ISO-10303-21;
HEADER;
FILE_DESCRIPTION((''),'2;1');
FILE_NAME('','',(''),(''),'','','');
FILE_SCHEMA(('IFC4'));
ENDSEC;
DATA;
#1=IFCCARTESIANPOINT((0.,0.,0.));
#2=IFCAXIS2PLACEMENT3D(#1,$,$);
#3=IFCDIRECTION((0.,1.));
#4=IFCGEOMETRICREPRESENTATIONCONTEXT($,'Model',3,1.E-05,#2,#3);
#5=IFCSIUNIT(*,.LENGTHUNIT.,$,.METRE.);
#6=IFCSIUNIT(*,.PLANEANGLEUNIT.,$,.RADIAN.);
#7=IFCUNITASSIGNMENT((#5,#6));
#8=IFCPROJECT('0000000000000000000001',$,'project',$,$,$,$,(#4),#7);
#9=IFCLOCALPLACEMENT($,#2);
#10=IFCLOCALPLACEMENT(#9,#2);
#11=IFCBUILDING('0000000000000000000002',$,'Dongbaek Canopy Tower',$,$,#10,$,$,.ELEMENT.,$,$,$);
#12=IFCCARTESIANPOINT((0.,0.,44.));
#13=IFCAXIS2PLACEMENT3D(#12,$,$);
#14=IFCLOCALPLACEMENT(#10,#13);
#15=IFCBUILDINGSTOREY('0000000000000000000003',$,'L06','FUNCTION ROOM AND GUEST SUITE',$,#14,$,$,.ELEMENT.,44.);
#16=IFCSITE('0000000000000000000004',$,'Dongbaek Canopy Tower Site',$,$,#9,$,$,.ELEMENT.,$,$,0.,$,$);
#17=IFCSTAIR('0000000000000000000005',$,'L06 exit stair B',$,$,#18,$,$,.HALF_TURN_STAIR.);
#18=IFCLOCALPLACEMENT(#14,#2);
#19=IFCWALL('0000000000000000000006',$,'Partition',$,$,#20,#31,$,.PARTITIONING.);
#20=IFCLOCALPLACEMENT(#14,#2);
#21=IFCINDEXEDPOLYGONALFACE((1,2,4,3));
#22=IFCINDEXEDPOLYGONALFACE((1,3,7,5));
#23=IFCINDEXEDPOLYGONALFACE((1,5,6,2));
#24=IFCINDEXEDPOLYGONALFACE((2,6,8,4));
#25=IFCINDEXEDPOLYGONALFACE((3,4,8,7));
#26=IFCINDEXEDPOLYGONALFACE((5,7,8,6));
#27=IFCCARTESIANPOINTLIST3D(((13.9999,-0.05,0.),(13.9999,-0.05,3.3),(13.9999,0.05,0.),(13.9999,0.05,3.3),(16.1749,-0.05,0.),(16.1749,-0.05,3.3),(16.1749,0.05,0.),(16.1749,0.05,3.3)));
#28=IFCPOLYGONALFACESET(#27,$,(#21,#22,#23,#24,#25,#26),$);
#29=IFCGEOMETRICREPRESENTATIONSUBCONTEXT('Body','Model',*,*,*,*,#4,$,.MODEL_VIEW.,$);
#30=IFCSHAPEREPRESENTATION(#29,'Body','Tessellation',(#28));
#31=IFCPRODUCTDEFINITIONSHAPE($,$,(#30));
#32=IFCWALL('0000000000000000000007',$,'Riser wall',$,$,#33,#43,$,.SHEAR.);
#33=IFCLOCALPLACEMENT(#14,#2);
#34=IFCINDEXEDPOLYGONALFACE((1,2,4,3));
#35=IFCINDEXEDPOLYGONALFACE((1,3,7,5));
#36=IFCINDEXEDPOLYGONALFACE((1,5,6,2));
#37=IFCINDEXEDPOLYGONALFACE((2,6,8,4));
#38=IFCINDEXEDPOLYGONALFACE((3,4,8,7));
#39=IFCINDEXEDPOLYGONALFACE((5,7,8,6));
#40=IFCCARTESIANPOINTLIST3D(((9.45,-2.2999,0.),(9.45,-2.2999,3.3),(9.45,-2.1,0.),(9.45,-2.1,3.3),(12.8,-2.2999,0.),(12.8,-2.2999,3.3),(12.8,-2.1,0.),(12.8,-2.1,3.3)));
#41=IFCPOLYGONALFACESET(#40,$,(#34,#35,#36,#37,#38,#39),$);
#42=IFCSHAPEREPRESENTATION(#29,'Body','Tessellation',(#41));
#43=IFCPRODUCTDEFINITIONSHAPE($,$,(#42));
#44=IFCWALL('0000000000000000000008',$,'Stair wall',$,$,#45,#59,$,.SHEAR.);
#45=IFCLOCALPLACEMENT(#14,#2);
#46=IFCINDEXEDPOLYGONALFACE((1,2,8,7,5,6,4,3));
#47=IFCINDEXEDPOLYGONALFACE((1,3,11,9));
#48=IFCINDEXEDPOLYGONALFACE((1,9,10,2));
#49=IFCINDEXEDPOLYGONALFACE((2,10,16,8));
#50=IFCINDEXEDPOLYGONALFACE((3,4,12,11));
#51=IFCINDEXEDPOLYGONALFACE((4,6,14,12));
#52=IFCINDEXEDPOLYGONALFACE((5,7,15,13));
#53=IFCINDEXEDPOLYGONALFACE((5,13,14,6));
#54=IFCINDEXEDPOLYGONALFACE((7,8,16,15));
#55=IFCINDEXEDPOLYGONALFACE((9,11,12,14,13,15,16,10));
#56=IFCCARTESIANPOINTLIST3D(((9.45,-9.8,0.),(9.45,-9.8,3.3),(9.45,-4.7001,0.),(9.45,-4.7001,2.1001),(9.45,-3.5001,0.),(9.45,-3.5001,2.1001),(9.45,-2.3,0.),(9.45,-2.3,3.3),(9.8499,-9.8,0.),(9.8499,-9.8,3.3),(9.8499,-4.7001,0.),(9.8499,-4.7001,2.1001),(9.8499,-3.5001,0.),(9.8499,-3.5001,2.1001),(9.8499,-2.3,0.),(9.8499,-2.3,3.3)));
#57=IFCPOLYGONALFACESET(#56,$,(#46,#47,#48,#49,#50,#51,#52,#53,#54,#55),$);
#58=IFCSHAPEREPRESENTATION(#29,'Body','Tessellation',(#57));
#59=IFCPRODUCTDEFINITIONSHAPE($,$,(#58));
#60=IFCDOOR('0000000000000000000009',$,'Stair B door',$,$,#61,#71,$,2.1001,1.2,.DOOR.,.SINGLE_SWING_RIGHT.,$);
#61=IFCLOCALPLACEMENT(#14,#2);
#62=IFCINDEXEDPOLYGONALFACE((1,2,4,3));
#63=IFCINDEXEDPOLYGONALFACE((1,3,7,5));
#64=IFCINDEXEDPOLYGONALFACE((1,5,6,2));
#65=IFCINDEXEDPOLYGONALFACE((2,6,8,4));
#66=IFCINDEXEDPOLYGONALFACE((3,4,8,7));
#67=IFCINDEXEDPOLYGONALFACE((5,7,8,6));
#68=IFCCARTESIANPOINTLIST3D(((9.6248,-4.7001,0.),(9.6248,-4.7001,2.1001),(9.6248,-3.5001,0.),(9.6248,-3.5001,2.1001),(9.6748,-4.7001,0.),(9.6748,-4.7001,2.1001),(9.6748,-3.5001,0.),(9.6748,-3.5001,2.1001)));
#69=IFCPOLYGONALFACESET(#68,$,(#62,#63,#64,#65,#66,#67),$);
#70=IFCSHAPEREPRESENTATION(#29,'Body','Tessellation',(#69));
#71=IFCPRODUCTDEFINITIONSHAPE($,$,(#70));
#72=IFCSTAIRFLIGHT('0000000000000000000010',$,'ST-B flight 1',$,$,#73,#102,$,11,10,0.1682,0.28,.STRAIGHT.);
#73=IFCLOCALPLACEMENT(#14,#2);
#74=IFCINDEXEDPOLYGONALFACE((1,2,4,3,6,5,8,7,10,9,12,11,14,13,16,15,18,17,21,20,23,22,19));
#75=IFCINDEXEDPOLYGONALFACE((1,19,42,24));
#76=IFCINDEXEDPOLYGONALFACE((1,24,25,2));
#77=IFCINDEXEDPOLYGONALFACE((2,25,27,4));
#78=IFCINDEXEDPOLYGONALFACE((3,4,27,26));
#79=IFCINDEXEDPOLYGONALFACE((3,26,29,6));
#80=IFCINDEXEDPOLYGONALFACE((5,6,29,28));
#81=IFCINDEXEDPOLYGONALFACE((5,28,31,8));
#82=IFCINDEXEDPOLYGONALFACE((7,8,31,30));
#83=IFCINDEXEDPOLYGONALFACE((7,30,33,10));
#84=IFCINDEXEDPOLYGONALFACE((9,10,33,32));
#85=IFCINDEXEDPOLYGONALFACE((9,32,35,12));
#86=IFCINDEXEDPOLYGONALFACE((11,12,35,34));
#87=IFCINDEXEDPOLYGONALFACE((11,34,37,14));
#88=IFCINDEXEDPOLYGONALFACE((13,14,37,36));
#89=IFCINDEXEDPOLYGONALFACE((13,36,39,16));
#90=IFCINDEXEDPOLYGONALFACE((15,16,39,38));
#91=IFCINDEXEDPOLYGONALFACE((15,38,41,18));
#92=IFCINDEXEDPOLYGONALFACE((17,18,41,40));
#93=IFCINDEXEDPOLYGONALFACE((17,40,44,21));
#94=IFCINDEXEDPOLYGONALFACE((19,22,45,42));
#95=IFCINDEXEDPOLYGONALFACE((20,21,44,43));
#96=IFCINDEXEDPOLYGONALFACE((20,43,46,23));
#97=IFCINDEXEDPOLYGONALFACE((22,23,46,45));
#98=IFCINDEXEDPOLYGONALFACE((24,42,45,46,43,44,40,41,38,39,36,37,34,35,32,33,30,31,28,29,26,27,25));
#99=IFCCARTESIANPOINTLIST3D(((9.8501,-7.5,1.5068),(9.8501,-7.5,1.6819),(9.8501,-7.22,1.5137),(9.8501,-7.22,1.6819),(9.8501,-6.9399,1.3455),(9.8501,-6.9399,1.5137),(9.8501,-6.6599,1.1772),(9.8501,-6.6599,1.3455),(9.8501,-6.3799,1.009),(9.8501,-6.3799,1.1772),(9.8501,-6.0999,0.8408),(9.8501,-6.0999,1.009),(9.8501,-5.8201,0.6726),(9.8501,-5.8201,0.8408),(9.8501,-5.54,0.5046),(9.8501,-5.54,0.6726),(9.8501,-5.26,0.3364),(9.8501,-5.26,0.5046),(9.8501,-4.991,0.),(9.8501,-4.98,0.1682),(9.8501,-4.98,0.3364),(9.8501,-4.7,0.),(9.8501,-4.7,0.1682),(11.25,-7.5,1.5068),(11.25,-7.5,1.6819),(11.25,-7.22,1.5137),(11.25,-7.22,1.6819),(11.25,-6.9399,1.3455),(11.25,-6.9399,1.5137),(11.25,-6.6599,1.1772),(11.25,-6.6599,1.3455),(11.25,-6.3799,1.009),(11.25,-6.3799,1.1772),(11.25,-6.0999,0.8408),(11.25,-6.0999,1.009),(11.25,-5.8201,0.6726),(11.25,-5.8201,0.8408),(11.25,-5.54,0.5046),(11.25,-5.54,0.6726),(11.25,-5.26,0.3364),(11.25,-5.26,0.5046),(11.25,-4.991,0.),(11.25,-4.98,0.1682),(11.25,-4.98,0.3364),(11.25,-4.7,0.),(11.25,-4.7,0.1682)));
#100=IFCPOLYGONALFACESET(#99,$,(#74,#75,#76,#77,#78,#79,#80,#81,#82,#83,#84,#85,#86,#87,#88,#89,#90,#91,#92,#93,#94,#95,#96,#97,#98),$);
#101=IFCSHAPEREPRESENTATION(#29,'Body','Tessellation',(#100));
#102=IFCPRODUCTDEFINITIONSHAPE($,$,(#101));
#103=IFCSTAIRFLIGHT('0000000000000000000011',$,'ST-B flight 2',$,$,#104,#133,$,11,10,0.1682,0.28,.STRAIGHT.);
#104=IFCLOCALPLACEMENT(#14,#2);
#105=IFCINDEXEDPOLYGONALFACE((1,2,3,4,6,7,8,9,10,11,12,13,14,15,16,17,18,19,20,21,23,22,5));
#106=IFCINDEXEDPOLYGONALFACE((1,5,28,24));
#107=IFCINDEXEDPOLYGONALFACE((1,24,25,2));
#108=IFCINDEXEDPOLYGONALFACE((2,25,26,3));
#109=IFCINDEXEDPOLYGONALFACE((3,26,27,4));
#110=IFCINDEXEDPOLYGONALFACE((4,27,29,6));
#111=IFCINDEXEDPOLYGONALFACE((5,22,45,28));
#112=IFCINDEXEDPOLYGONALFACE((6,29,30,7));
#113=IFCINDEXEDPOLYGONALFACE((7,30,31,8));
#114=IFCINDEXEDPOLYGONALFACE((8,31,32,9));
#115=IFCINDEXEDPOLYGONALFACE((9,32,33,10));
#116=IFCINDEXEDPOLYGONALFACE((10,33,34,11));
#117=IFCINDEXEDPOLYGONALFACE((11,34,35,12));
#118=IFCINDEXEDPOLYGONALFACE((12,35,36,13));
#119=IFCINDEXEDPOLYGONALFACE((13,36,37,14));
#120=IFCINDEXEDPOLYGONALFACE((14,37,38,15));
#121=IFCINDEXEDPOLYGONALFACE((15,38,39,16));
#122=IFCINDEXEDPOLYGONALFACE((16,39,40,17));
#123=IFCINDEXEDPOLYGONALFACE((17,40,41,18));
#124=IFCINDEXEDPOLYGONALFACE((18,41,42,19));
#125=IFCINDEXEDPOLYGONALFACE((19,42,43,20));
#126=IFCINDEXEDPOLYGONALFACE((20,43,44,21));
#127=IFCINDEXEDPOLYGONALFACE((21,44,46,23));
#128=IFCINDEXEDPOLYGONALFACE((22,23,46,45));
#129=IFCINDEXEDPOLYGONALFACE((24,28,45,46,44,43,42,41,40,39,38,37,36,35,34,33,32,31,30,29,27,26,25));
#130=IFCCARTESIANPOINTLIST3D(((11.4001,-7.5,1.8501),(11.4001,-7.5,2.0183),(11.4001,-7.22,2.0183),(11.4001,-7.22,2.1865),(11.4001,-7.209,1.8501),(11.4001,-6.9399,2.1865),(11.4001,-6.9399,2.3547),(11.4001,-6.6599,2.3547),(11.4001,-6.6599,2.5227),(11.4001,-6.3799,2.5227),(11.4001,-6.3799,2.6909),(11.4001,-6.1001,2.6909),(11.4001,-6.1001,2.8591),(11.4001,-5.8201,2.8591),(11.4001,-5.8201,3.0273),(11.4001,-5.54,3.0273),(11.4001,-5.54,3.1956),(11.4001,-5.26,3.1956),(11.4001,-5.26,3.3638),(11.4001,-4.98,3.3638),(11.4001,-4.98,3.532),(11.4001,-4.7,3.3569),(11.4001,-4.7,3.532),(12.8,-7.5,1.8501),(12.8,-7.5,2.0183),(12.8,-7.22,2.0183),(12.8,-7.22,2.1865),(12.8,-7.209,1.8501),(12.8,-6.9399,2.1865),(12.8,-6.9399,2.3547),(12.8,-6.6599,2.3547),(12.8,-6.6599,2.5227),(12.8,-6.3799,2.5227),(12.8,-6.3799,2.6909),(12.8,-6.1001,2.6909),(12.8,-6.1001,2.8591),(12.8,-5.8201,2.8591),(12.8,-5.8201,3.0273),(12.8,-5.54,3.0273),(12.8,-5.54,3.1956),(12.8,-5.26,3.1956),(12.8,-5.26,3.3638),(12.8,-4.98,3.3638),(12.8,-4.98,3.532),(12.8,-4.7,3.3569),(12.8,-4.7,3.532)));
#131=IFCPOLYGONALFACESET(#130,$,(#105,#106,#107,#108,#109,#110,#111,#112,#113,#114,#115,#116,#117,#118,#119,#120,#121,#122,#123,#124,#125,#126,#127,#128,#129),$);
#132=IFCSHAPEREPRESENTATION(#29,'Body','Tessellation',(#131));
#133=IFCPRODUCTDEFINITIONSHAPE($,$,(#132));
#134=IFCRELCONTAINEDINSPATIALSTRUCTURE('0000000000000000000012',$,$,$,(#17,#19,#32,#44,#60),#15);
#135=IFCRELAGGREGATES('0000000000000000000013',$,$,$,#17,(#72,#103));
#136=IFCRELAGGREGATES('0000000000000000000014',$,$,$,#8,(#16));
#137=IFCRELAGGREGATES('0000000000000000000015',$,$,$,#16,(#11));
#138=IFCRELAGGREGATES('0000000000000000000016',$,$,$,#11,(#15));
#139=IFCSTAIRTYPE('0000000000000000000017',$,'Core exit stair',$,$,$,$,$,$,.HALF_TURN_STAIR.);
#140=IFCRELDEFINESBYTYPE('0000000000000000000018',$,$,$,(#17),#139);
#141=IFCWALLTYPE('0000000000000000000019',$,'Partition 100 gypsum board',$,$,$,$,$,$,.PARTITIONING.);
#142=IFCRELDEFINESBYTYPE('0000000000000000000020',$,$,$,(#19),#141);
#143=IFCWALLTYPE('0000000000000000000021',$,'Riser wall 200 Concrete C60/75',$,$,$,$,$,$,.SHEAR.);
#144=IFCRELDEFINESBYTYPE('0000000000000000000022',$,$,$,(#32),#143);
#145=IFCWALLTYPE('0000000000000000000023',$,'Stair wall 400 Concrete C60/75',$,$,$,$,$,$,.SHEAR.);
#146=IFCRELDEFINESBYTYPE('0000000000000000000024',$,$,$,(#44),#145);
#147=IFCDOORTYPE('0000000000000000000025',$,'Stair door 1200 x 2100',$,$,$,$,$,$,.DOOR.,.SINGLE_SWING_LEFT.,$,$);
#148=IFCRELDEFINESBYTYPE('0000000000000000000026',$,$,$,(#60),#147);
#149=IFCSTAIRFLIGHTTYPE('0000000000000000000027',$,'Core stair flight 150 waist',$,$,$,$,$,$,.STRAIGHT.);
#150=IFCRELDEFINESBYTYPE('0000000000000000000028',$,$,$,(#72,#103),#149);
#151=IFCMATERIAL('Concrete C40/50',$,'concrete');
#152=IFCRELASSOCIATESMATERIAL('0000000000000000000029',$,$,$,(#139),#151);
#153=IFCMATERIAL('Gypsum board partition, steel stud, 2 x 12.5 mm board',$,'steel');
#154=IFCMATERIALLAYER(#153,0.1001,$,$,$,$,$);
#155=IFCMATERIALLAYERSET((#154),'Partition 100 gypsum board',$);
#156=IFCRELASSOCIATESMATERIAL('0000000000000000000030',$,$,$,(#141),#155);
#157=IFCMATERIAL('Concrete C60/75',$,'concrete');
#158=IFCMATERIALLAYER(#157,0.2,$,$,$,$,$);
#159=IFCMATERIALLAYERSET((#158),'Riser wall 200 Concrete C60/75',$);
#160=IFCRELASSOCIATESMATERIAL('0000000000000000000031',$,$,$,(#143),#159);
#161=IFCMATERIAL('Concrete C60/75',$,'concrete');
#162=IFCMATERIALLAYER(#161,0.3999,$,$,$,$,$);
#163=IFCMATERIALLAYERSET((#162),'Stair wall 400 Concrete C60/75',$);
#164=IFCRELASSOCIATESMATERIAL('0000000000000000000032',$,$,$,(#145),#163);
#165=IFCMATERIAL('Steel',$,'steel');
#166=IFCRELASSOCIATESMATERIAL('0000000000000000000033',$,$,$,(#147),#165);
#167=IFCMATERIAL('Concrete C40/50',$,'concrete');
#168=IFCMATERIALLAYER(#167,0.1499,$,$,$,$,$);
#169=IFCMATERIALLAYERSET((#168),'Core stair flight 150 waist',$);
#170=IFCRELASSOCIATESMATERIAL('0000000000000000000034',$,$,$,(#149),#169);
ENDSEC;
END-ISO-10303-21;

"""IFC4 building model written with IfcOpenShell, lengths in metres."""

from ifc_helpers import new_model, si_unit, direction, frame, frame_2d, origin, place, context, subcontext, project, spatial, polyline, rectangle, outline, extrude, material, layer, layer_set, type_object, element, fill, aggregate, save


model = new_model("IFC4")

# Units and contexts
model_context = context("Model", 3, precision=1e-05, world=origin(), true_north=direction((0.0, 1.0)))
body_context = subcontext(model_context, "Body", "Model", "MODEL_VIEW")
ifc_project = project(units=[si_unit("LENGTHUNIT", "METRE"), si_unit("PLANEANGLEUNIT", "RADIAN")], contexts=[model_context])

# Site, building, storey
site_placement = place(None, origin())
site = spatial("IfcSite", under=ifc_project, at=site_placement, Name="Dongbaek Canopy Tower Site", CompositionType="ELEMENT", RefElevation=0.0)
building_placement = place(site_placement, origin())
building = spatial("IfcBuilding", under=site, at=building_placement, Name="Dongbaek Canopy Tower", CompositionType="ELEMENT")
storey_placement = place(building_placement, frame((0.0, 0.0, 44.0)))
storey = spatial("IfcBuildingStorey", under=building, at=storey_placement, Name="L06", Description="FUNCTION ROOM AND GUEST SUITE", CompositionType="ELEMENT", Elevation=44.0)

# Stair
ifc_material_1 = material(Name="Concrete C40/50", Category="concrete")
stair_type = type_object("IfcStairType", Name="Core exit stair", PredefinedType="HALF_TURN_STAIR", material=ifc_material_1)
stair_1_placement = place(storey_placement, origin())
stair_1 = element("IfcStair", 1, at=stair_1_placement, inside=storey, type_object=stair_type, Name="L06 exit stair B", PredefinedType="HALF_TURN_STAIR")

# Walls
ifc_material_2 = material(Name="Gypsum board partition, steel stud, 2 x 12.5 mm board", Category="steel")
ifc_layer_1 = layer(ifc_material_2, 0.1001)
ifc_layer_set_1 = layer_set([ifc_layer_1], Name="Partition 100 gypsum board")
wall_type_1 = type_object("IfcWallType", Name="Partition 100 gypsum board", PredefinedType="PARTITIONING", material=ifc_layer_set_1)
wall_1_placement = place(storey_placement, frame((14.0, 0.0, 0.0), z_axis=(0.0, 0.0, 1.0), x_axis=(1.0, 0.0, 0.0)))
element("IfcWall", 2, at=wall_1_placement, inside=storey, type_object=wall_type_1, Name="Partition", PredefinedType="PARTITIONING", context=body_context, shape_type="SweptSolid", body=[
    extrude(rectangle(XDim=2.175, YDim=0.1001, at=frame_2d((1.0874, 0.0))), origin(), (0.0, 0.0, 1.0), 3.3),
])
ifc_material_3 = material(Name="Concrete C60/75", Category="concrete")
ifc_layer_2 = layer(ifc_material_3, 0.2)
ifc_layer_set_2 = layer_set([ifc_layer_2], Name="Riser wall 200 Concrete C60/75")
wall_type_2 = type_object("IfcWallType", Name="Riser wall 200 Concrete C60/75", PredefinedType="SHEAR", material=ifc_layer_set_2)
wall_2_placement = place(storey_placement, frame((9.45, -2.2, 0.0), z_axis=(0.0, 0.0, 1.0), x_axis=(1.0, 0.0, 0.0)))
element("IfcWall", 3, at=wall_2_placement, inside=storey, type_object=wall_type_2, Name="Riser wall", PredefinedType="SHEAR", context=body_context, shape_type="SweptSolid", body=[
    extrude(rectangle(XDim=3.3501, YDim=0.2, at=frame_2d((1.675, 0.0))), origin(), (0.0, 0.0, 1.0), 3.3),
])

# Wall, opening, door
ifc_material_4 = material(Name="Concrete C60/75", Category="concrete")
ifc_layer_3 = layer(ifc_material_4, 0.3999)
ifc_layer_set_3 = layer_set([ifc_layer_3], Name="Stair wall 400 Concrete C60/75")
wall_type_3 = type_object("IfcWallType", Name="Stair wall 400 Concrete C60/75", PredefinedType="SHEAR", material=ifc_layer_set_3)
wall_3_placement = place(storey_placement, frame((9.6499, -2.3, 0.0), z_axis=(0.0, 0.0, 1.0), x_axis=(0.0, -1.0, 0.0)))
wall_3 = element("IfcWall", 4, at=wall_3_placement, inside=storey, type_object=wall_type_3, Name="Stair wall", PredefinedType="SHEAR", context=body_context, shape_type="SweptSolid", body=[
    extrude(rectangle(XDim=7.5, YDim=0.3999, at=frame_2d((3.75, 0.0))), origin(), (0.0, 0.0, 1.0), 3.3),
])
opening_1_placement = place(wall_3_placement, frame((1.2, 0.0, 0.0)))
opening_1 = element("IfcOpeningElement", 5, at=opening_1_placement, cuts=wall_3, PredefinedType="OPENING", context=body_context, shape_type="SweptSolid", body=[
    extrude(rectangle(XDim=1.2, YDim=2.1001, at=frame_2d((0.6001, 1.05))), frame((0.0, 0.21, 0.0), z_axis=(0.0, -1.0, 0.0), x_axis=(1.0, 0.0, 0.0)), (0.0, 0.0, 1.0), 0.4199),
])
ifc_material_5 = material(Name="Steel", Category="steel")
door_type_1 = type_object("IfcDoorType", Name="Stair door 1200 x 2100", OperationType="SINGLE_SWING_LEFT", PredefinedType="DOOR", material=ifc_material_5)
door_1_placement = place(opening_1_placement, origin())
door_1 = element("IfcDoor", 6, at=door_1_placement, inside=storey, type_object=door_type_1, Name="Stair B door", OperationType="SINGLE_SWING_RIGHT", OverallHeight=2.1001, OverallWidth=1.2, PredefinedType="DOOR", context=body_context, shape_type="SweptSolid", body=[
    extrude(rectangle(XDim=1.2, YDim=2.1001, at=frame_2d((0.6001, 1.05))), frame((0.0, 0.0249, 0.0), z_axis=(0.0, -1.0, 0.0), x_axis=(1.0, 0.0, 0.0)), (0.0, 0.0, 1.0), 0.05),
])
fill(opening_1, door_1)

# Stair flights
ifc_material_6 = material(Name="Concrete C40/50", Category="concrete")
ifc_layer_4 = layer(ifc_material_6, 0.1499)
ifc_layer_set_4 = layer_set([ifc_layer_4], Name="Core stair flight 150 waist")
stair_flight_type = type_object("IfcStairFlightType", Name="Core stair flight 150 waist", PredefinedType="STRAIGHT", material=ifc_layer_set_4)
stair_flight_1_placement = place(storey_placement, frame((10.55, -4.7, 0.0), z_axis=(0.0, 0.0, 1.0), x_axis=(0.0, -1.0, 0.0)))
stair_flight_1 = element("IfcStairFlight", 7, at=stair_flight_1_placement, type_object=stair_flight_type, Name="ST-B flight 1", NumberOfRisers=11, NumberOfTreads=10, PredefinedType="STRAIGHT", RiserHeight=0.1682, TreadLength=0.28, context=body_context, shape_type="SweptSolid", body=[
    extrude(outline(polyline([(0.0, 0.0), (0.0, 0.1682), (0.28, 0.1682), (0.28, 0.3364), (0.5601, 0.3364), (0.5601, 0.5046), (0.8401, 0.5046), (0.8401, 0.6726), (1.1201, 0.6726), (1.1201, 0.8408), (1.3999, 0.8408), (1.3999, 1.009), (1.6799, 1.009), (1.6799, 1.1772), (1.96, 1.1772), (1.96, 1.3455), (2.24, 1.3455), (2.24, 1.5137), (2.52, 1.5137), (2.52, 1.6819), (2.8, 1.6819), (2.8, 1.8501), (2.8, 1.5068), (0.291, 0.0), (0.0, 0.0)])), frame((0.0, 0.7, 0.0), z_axis=(0.0, -1.0, 0.0), x_axis=(1.0, 0.0, 0.0)), (0.0, 0.0, 1.0), 1.3999),
])
stair_flight_2_placement = place(storey_placement, frame((12.1001, -7.5, 1.8501), z_axis=(0.0, 0.0, 1.0), x_axis=(0.0, 1.0, 0.0)))
stair_flight_2 = element("IfcStairFlight", 8, at=stair_flight_2_placement, type_object=stair_flight_type, Name="ST-B flight 2", NumberOfRisers=11, NumberOfTreads=10, PredefinedType="STRAIGHT", RiserHeight=0.1682, TreadLength=0.28, context=body_context, shape_type="SweptSolid", body=[
    extrude(outline(polyline([(0.0, 0.0), (0.0, 0.1682), (0.28, 0.1682), (0.28, 0.3364), (0.5601, 0.3364), (0.5601, 0.5046), (0.8401, 0.5046), (0.8401, 0.6726), (1.1201, 0.6726), (1.1201, 0.8408), (1.3999, 0.8408), (1.3999, 1.009), (1.6799, 1.009), (1.6799, 1.1772), (1.96, 1.1772), (1.96, 1.3455), (2.24, 1.3455), (2.24, 1.5137), (2.52, 1.5137), (2.52, 1.6819), (2.8, 1.6819), (2.8, 1.8501), (2.8, 1.5068), (0.291, 0.0), (0.0, 0.0)])), frame((0.0, 0.7, 0.0), z_axis=(0.0, -1.0, 0.0), x_axis=(1.0, 0.0, 0.0)), (0.0, 0.0, 1.0), 1.3999),
])
aggregate(stair_1, [stair_flight_1, stair_flight_2])

save(model, "model.ifc")
